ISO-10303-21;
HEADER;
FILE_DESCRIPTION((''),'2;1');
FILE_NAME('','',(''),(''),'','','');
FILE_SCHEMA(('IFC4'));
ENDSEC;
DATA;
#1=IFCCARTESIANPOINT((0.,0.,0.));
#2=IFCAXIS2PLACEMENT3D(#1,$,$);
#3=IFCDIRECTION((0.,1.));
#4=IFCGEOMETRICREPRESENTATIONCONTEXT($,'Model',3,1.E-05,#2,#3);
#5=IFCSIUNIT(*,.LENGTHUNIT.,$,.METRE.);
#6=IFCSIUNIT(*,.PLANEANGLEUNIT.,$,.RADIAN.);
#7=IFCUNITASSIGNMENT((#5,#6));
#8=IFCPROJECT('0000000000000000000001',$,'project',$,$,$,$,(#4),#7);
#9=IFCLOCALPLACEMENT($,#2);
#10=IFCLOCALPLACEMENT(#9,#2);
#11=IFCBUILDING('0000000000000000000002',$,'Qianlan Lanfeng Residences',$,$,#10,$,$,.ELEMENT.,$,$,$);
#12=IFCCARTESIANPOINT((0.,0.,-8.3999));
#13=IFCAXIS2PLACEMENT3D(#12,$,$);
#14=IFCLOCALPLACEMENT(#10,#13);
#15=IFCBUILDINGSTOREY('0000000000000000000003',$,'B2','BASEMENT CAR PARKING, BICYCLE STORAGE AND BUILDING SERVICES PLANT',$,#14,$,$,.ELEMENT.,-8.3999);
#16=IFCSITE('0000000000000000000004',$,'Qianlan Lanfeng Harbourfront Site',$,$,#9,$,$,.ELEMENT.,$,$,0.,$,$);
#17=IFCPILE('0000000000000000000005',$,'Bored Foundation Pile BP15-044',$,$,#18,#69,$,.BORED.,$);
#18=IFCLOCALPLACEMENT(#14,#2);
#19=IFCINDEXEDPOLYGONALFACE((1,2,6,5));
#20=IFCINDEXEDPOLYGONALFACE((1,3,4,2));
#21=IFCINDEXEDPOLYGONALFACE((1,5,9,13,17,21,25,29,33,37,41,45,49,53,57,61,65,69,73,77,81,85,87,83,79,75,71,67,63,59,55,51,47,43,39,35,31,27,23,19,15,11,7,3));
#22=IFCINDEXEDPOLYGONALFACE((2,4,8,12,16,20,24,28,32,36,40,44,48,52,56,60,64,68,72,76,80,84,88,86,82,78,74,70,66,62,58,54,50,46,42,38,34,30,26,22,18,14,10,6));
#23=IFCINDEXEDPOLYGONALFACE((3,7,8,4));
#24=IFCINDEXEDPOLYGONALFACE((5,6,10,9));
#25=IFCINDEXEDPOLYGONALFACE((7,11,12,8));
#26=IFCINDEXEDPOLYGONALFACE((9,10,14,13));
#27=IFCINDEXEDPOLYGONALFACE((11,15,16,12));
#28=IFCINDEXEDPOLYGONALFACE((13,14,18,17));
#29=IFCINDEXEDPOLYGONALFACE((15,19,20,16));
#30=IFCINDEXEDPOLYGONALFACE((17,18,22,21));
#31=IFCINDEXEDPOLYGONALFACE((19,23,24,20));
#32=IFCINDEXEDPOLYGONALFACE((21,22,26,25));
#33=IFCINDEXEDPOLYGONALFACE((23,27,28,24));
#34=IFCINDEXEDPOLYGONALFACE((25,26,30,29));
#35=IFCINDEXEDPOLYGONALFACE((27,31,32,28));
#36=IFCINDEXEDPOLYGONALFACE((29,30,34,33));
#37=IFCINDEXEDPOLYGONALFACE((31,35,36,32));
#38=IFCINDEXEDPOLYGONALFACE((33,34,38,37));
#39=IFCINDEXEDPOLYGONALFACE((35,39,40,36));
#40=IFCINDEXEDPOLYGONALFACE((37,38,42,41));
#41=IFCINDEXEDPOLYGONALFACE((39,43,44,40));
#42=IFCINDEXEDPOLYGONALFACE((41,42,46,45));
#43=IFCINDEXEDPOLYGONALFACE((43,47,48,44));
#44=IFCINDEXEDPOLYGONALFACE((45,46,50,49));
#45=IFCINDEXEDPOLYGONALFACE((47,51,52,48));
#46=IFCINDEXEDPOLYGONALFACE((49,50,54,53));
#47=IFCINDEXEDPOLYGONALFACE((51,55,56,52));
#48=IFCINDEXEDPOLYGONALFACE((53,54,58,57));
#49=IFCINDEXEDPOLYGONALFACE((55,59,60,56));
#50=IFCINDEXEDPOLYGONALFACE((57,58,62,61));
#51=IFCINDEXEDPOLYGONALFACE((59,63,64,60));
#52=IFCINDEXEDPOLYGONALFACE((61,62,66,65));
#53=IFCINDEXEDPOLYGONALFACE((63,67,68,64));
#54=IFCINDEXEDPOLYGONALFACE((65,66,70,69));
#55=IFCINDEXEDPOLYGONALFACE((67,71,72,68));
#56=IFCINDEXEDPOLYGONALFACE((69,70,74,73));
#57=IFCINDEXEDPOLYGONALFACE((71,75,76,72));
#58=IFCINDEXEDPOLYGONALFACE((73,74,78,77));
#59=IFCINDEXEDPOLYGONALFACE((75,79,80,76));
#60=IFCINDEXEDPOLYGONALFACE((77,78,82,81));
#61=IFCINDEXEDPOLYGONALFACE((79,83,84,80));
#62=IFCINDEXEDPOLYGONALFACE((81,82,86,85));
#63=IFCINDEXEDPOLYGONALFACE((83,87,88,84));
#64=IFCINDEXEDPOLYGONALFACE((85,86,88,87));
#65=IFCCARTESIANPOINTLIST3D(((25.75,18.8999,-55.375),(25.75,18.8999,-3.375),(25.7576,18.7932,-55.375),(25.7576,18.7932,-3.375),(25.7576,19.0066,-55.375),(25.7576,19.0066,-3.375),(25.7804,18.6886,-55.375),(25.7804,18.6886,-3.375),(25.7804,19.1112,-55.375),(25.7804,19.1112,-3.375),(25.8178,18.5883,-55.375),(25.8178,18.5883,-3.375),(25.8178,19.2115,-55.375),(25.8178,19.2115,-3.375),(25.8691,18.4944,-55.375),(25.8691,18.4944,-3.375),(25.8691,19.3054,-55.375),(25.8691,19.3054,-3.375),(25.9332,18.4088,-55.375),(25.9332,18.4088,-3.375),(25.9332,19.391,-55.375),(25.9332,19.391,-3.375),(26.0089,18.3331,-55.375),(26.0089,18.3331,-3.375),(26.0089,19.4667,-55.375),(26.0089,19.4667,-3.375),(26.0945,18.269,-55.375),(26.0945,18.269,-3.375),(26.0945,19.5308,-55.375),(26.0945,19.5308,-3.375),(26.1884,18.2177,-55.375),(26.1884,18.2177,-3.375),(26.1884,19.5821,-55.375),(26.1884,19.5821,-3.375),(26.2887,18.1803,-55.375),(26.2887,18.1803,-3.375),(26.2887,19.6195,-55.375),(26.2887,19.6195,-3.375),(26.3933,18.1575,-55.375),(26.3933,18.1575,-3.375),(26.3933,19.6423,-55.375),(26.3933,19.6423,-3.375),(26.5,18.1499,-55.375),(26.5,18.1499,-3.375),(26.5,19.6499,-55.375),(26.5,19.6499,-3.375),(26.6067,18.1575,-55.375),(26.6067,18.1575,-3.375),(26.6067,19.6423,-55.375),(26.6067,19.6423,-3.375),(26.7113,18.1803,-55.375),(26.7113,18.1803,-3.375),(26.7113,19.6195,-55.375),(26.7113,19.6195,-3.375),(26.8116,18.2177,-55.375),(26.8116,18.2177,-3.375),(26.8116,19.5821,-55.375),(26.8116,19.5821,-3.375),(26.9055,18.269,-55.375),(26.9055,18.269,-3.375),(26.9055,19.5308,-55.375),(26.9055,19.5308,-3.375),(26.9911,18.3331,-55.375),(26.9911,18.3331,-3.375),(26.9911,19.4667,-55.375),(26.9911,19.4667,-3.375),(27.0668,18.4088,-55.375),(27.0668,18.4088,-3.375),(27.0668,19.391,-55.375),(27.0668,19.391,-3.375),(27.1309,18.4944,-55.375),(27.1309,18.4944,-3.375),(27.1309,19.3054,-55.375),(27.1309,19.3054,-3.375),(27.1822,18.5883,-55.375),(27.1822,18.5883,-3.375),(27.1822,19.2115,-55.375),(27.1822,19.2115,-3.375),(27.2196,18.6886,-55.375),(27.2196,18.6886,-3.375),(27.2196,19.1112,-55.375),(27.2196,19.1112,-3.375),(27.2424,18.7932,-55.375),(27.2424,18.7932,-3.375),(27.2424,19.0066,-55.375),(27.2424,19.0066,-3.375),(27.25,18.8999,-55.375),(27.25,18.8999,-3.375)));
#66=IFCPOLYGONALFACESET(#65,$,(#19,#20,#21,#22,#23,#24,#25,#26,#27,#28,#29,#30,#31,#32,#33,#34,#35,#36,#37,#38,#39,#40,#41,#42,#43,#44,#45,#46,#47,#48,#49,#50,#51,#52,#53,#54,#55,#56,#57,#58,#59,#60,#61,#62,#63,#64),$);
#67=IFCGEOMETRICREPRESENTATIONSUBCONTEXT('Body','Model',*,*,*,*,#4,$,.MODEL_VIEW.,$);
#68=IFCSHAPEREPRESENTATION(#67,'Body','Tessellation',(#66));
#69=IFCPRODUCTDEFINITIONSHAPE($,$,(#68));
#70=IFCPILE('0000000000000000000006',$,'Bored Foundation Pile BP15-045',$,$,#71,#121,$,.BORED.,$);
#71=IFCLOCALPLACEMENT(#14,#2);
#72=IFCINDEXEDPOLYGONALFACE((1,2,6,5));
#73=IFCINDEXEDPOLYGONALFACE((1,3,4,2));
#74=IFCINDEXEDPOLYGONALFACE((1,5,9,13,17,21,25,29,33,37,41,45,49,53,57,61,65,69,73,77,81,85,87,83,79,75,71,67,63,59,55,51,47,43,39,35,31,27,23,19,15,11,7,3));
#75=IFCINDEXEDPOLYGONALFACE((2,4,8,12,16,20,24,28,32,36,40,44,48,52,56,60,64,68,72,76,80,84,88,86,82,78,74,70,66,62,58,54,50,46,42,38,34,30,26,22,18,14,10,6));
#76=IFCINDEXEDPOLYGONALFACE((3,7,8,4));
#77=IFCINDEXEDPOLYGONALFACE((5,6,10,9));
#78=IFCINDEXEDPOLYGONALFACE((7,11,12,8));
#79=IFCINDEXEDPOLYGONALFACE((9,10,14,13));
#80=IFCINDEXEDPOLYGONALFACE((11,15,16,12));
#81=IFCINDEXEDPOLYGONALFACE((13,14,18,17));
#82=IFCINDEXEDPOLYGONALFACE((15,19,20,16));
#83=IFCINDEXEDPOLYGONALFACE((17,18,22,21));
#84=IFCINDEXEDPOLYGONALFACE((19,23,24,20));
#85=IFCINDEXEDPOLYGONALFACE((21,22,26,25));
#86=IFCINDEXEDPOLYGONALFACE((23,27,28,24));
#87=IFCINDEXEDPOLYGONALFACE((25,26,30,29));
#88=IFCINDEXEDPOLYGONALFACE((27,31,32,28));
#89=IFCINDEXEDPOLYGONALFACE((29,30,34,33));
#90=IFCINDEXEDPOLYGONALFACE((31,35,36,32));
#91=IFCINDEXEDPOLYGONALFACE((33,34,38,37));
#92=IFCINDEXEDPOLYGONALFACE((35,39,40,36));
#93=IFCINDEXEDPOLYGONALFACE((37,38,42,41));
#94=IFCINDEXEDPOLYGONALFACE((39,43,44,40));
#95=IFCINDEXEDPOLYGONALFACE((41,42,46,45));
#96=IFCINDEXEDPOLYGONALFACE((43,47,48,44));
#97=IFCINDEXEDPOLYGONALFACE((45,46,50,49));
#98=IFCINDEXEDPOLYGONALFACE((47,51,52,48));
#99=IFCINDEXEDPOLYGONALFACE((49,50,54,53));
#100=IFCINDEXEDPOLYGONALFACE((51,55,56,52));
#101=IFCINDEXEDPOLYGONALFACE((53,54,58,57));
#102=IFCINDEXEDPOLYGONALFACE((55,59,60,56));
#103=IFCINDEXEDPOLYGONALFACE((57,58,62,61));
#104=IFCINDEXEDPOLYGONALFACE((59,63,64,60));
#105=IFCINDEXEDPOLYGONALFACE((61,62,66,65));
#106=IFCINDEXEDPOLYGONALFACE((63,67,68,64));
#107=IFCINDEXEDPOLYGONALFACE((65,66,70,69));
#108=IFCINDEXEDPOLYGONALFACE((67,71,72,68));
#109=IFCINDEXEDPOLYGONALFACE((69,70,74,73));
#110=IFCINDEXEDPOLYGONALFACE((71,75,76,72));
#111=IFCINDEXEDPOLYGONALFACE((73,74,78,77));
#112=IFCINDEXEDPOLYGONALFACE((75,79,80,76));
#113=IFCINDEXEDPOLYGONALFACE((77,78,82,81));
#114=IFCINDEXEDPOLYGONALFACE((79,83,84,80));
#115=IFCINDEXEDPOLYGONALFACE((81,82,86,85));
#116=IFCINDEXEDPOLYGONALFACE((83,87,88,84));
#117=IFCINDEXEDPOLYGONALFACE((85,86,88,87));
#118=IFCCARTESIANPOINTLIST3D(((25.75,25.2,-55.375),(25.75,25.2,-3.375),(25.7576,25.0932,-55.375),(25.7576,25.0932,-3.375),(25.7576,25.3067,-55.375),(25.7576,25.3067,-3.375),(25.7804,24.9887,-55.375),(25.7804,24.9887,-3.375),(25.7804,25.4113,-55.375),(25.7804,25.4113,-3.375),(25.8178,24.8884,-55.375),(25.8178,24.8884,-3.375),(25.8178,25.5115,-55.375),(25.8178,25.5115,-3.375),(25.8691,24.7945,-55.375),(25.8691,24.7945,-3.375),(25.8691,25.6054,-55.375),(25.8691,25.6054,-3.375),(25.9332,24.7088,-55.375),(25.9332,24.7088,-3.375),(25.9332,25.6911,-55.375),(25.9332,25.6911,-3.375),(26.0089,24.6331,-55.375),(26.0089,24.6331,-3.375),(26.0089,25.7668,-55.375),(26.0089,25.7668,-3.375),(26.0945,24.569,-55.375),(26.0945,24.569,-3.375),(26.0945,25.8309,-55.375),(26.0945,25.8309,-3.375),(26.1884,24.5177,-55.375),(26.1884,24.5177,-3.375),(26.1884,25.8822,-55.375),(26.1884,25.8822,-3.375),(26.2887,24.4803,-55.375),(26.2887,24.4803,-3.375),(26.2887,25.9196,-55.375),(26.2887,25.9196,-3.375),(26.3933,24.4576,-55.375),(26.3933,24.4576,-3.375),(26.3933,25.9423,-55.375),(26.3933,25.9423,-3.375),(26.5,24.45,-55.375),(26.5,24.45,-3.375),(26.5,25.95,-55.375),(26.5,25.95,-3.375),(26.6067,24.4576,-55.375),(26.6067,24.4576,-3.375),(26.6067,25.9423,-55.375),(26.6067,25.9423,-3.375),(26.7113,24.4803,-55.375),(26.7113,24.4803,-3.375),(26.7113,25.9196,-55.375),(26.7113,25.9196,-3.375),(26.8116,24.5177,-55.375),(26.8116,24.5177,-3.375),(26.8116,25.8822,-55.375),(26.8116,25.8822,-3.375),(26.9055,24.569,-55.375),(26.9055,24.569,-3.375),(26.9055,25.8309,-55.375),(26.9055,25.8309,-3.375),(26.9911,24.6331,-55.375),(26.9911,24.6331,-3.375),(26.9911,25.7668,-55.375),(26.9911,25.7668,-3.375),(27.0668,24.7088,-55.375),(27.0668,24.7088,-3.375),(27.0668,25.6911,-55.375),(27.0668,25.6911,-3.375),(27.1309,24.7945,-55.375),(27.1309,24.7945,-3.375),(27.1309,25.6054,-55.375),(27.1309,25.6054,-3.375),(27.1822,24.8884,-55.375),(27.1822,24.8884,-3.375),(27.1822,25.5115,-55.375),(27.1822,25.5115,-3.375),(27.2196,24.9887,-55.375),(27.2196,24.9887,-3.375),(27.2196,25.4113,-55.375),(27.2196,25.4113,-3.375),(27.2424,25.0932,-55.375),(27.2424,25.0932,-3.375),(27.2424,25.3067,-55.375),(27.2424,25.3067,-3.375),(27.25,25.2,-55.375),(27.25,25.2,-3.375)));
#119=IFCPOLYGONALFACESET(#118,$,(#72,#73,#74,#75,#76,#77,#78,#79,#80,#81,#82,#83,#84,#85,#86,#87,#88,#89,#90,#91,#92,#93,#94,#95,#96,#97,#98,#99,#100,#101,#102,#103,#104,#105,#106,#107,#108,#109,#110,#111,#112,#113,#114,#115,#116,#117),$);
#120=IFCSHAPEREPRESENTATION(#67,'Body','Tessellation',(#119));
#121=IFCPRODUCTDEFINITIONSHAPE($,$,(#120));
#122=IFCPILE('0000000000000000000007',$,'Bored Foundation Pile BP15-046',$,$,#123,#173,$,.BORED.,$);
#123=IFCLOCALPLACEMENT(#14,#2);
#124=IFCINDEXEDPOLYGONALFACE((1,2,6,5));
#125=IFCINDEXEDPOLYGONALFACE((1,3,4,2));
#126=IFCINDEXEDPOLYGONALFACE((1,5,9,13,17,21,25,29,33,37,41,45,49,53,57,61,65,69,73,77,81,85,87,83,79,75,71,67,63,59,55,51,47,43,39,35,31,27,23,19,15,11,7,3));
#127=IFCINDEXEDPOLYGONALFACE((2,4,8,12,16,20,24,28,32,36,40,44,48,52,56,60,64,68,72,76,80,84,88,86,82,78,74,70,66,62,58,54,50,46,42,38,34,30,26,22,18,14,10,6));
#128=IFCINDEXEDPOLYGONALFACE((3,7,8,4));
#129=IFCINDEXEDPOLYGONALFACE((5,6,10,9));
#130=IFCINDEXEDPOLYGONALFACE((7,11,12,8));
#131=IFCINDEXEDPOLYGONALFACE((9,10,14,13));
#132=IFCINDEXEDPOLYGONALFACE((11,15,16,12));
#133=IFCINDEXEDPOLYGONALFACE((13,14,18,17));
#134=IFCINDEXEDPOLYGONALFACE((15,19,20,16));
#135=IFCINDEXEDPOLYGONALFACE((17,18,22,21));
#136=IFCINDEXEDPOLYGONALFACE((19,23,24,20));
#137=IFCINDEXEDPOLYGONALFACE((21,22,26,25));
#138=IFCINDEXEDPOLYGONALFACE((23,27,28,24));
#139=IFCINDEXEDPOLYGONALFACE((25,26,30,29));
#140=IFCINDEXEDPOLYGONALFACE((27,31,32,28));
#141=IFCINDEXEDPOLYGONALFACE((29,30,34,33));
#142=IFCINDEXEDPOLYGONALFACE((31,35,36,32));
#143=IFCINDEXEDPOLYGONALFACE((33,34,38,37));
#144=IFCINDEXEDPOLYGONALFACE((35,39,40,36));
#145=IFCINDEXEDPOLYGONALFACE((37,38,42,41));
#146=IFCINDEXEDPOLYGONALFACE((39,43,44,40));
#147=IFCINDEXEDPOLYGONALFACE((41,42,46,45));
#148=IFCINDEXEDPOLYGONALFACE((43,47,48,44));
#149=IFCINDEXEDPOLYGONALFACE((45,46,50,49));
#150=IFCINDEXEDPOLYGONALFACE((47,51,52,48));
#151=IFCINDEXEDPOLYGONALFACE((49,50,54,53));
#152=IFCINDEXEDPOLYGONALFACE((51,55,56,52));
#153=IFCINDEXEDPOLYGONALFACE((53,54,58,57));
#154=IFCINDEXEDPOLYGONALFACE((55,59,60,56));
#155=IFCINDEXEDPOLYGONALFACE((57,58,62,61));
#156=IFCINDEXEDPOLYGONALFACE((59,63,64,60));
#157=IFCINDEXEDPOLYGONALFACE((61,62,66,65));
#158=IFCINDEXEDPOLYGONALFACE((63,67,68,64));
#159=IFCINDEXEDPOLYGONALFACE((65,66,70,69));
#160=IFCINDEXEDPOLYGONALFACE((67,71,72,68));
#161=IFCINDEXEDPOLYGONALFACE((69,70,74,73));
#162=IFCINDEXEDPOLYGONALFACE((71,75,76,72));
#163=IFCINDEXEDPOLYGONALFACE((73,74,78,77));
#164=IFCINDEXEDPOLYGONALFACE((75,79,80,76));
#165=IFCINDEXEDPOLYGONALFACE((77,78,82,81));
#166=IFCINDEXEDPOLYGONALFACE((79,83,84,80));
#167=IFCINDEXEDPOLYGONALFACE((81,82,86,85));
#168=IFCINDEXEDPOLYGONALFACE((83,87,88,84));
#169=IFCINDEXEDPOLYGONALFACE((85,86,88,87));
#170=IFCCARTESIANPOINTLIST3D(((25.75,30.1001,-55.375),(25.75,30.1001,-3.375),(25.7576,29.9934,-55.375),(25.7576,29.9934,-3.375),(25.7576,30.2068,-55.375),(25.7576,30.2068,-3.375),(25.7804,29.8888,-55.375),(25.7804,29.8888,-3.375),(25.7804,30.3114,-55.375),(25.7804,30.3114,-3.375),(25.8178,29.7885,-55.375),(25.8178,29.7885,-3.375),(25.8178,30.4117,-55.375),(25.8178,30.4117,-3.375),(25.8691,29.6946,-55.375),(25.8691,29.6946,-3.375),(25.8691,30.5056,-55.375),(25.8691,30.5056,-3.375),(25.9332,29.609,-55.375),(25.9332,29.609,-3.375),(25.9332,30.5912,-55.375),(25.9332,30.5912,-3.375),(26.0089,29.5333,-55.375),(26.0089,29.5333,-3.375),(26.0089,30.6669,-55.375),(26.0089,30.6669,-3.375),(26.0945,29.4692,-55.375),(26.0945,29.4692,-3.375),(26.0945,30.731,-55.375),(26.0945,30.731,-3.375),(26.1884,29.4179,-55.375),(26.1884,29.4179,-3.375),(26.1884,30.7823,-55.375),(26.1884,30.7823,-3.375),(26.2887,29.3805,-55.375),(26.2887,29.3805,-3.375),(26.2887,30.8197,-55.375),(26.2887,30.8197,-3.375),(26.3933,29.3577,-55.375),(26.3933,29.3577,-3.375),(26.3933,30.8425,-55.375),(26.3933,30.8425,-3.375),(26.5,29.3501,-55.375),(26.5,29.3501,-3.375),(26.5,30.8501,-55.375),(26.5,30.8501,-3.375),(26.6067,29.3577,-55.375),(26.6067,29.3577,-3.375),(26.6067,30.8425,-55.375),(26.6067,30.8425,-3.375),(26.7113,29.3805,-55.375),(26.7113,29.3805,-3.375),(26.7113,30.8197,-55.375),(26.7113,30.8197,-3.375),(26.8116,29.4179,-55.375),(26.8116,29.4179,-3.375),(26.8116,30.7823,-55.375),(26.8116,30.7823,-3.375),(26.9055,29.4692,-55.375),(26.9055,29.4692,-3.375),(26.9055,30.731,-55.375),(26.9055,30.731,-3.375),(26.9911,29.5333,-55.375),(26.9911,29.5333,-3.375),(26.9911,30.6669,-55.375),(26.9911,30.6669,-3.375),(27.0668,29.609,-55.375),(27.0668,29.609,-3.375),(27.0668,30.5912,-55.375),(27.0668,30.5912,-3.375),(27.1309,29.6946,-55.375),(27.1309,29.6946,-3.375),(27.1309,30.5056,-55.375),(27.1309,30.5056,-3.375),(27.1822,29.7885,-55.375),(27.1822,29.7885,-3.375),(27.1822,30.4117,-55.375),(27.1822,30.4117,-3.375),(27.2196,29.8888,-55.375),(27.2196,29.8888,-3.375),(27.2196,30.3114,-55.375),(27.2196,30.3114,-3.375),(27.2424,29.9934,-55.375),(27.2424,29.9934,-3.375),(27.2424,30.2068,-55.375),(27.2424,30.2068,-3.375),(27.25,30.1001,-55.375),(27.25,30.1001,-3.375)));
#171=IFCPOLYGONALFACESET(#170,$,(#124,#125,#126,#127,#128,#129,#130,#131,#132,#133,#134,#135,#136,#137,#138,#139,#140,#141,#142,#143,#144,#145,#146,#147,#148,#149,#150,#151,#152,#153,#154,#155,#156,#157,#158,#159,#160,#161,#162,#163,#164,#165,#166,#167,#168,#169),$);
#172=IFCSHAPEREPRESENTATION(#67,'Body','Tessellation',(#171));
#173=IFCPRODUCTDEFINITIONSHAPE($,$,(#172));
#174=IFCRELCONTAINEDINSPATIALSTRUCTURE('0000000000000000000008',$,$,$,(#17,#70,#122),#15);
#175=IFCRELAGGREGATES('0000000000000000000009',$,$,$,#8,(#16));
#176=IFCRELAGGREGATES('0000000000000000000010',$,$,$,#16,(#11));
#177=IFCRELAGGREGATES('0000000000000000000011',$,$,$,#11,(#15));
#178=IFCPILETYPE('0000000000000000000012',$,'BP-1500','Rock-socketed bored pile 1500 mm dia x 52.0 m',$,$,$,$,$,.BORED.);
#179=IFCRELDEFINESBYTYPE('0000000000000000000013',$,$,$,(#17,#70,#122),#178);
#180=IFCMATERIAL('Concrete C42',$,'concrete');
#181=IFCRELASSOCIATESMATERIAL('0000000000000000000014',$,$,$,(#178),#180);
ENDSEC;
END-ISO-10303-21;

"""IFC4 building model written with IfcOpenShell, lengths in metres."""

from ifc_helpers import new_model, si_unit, direction, frame, origin, origin_2d, place, context, subcontext, project, spatial, circle, extrude, material, material_profile, profile_set, type_object, element, save


model = new_model("IFC4")

# Units and contexts
model_context = context("Model", 3, precision=1e-05, world=origin(), true_north=direction((0.0, 1.0)))
body_context = subcontext(model_context, "Body", "Model", "MODEL_VIEW")
ifc_project = project(units=[si_unit("LENGTHUNIT", "METRE"), si_unit("PLANEANGLEUNIT", "RADIAN")], contexts=[model_context])

# Site, building, storey
site_placement = place(None, origin())
site = spatial("IfcSite", under=ifc_project, at=site_placement, Name="Qianlan Lanfeng Harbourfront Site", CompositionType="ELEMENT", RefElevation=0.0)
building_placement = place(site_placement, origin())
building = spatial("IfcBuilding", under=site, at=building_placement, Name="Qianlan Lanfeng Residences", CompositionType="ELEMENT")
storey_placement = place(building_placement, frame((0.0, 0.0, -8.3999)))
storey = spatial("IfcBuildingStorey", under=building, at=storey_placement, Name="B2", Description="BASEMENT CAR PARKING, BICYCLE STORAGE AND BUILDING SERVICES PLANT", CompositionType="ELEMENT", Elevation=-8.3999)

# Piles
ifc_material_1 = material(Name="Concrete C42", Category="concrete")
ifc_material_profile_1 = material_profile(ifc_material_1, circle(Radius=0.75, at=origin_2d()), Name="PILE D1500")
ifc_profile_set_1 = profile_set([ifc_material_profile_1], Name="Concrete C42")
pile_type = type_object("IfcPileType", Name="BP-1500", Description="Rock-socketed bored pile 1500 mm dia x 52.0 m", PredefinedType="BORED", material=ifc_profile_set_1)
for number, where, z_axis, x_axis, name in (
    (1, (26.5, 18.8999, -3.375), (0.0, 0.0, -1.0), (1.0, 0.0, 0.0), "Bored Foundation Pile BP15-044"),
    (2, (26.5, 25.2, -3.375), (0.0, 0.0, -1.0), (1.0, 0.0, 0.0), "Bored Foundation Pile BP15-045"),
    (3, (26.5, 30.1001, -3.375), (0.0, 0.0, -1.0), (1.0, 0.0, 0.0), "Bored Foundation Pile BP15-046"),
):
    element("IfcPile", number, at=place(storey_placement, frame(where, z_axis=z_axis, x_axis=x_axis)), inside=storey, type_object=pile_type, Name=name, PredefinedType="BORED", context=body_context, shape_type="SweptSolid", body=[
        extrude(circle(Radius=0.75, at=origin_2d()), origin(), (0.0, 0.0, 1.0), 52.0),
    ])

save(model, "model.ifc")
